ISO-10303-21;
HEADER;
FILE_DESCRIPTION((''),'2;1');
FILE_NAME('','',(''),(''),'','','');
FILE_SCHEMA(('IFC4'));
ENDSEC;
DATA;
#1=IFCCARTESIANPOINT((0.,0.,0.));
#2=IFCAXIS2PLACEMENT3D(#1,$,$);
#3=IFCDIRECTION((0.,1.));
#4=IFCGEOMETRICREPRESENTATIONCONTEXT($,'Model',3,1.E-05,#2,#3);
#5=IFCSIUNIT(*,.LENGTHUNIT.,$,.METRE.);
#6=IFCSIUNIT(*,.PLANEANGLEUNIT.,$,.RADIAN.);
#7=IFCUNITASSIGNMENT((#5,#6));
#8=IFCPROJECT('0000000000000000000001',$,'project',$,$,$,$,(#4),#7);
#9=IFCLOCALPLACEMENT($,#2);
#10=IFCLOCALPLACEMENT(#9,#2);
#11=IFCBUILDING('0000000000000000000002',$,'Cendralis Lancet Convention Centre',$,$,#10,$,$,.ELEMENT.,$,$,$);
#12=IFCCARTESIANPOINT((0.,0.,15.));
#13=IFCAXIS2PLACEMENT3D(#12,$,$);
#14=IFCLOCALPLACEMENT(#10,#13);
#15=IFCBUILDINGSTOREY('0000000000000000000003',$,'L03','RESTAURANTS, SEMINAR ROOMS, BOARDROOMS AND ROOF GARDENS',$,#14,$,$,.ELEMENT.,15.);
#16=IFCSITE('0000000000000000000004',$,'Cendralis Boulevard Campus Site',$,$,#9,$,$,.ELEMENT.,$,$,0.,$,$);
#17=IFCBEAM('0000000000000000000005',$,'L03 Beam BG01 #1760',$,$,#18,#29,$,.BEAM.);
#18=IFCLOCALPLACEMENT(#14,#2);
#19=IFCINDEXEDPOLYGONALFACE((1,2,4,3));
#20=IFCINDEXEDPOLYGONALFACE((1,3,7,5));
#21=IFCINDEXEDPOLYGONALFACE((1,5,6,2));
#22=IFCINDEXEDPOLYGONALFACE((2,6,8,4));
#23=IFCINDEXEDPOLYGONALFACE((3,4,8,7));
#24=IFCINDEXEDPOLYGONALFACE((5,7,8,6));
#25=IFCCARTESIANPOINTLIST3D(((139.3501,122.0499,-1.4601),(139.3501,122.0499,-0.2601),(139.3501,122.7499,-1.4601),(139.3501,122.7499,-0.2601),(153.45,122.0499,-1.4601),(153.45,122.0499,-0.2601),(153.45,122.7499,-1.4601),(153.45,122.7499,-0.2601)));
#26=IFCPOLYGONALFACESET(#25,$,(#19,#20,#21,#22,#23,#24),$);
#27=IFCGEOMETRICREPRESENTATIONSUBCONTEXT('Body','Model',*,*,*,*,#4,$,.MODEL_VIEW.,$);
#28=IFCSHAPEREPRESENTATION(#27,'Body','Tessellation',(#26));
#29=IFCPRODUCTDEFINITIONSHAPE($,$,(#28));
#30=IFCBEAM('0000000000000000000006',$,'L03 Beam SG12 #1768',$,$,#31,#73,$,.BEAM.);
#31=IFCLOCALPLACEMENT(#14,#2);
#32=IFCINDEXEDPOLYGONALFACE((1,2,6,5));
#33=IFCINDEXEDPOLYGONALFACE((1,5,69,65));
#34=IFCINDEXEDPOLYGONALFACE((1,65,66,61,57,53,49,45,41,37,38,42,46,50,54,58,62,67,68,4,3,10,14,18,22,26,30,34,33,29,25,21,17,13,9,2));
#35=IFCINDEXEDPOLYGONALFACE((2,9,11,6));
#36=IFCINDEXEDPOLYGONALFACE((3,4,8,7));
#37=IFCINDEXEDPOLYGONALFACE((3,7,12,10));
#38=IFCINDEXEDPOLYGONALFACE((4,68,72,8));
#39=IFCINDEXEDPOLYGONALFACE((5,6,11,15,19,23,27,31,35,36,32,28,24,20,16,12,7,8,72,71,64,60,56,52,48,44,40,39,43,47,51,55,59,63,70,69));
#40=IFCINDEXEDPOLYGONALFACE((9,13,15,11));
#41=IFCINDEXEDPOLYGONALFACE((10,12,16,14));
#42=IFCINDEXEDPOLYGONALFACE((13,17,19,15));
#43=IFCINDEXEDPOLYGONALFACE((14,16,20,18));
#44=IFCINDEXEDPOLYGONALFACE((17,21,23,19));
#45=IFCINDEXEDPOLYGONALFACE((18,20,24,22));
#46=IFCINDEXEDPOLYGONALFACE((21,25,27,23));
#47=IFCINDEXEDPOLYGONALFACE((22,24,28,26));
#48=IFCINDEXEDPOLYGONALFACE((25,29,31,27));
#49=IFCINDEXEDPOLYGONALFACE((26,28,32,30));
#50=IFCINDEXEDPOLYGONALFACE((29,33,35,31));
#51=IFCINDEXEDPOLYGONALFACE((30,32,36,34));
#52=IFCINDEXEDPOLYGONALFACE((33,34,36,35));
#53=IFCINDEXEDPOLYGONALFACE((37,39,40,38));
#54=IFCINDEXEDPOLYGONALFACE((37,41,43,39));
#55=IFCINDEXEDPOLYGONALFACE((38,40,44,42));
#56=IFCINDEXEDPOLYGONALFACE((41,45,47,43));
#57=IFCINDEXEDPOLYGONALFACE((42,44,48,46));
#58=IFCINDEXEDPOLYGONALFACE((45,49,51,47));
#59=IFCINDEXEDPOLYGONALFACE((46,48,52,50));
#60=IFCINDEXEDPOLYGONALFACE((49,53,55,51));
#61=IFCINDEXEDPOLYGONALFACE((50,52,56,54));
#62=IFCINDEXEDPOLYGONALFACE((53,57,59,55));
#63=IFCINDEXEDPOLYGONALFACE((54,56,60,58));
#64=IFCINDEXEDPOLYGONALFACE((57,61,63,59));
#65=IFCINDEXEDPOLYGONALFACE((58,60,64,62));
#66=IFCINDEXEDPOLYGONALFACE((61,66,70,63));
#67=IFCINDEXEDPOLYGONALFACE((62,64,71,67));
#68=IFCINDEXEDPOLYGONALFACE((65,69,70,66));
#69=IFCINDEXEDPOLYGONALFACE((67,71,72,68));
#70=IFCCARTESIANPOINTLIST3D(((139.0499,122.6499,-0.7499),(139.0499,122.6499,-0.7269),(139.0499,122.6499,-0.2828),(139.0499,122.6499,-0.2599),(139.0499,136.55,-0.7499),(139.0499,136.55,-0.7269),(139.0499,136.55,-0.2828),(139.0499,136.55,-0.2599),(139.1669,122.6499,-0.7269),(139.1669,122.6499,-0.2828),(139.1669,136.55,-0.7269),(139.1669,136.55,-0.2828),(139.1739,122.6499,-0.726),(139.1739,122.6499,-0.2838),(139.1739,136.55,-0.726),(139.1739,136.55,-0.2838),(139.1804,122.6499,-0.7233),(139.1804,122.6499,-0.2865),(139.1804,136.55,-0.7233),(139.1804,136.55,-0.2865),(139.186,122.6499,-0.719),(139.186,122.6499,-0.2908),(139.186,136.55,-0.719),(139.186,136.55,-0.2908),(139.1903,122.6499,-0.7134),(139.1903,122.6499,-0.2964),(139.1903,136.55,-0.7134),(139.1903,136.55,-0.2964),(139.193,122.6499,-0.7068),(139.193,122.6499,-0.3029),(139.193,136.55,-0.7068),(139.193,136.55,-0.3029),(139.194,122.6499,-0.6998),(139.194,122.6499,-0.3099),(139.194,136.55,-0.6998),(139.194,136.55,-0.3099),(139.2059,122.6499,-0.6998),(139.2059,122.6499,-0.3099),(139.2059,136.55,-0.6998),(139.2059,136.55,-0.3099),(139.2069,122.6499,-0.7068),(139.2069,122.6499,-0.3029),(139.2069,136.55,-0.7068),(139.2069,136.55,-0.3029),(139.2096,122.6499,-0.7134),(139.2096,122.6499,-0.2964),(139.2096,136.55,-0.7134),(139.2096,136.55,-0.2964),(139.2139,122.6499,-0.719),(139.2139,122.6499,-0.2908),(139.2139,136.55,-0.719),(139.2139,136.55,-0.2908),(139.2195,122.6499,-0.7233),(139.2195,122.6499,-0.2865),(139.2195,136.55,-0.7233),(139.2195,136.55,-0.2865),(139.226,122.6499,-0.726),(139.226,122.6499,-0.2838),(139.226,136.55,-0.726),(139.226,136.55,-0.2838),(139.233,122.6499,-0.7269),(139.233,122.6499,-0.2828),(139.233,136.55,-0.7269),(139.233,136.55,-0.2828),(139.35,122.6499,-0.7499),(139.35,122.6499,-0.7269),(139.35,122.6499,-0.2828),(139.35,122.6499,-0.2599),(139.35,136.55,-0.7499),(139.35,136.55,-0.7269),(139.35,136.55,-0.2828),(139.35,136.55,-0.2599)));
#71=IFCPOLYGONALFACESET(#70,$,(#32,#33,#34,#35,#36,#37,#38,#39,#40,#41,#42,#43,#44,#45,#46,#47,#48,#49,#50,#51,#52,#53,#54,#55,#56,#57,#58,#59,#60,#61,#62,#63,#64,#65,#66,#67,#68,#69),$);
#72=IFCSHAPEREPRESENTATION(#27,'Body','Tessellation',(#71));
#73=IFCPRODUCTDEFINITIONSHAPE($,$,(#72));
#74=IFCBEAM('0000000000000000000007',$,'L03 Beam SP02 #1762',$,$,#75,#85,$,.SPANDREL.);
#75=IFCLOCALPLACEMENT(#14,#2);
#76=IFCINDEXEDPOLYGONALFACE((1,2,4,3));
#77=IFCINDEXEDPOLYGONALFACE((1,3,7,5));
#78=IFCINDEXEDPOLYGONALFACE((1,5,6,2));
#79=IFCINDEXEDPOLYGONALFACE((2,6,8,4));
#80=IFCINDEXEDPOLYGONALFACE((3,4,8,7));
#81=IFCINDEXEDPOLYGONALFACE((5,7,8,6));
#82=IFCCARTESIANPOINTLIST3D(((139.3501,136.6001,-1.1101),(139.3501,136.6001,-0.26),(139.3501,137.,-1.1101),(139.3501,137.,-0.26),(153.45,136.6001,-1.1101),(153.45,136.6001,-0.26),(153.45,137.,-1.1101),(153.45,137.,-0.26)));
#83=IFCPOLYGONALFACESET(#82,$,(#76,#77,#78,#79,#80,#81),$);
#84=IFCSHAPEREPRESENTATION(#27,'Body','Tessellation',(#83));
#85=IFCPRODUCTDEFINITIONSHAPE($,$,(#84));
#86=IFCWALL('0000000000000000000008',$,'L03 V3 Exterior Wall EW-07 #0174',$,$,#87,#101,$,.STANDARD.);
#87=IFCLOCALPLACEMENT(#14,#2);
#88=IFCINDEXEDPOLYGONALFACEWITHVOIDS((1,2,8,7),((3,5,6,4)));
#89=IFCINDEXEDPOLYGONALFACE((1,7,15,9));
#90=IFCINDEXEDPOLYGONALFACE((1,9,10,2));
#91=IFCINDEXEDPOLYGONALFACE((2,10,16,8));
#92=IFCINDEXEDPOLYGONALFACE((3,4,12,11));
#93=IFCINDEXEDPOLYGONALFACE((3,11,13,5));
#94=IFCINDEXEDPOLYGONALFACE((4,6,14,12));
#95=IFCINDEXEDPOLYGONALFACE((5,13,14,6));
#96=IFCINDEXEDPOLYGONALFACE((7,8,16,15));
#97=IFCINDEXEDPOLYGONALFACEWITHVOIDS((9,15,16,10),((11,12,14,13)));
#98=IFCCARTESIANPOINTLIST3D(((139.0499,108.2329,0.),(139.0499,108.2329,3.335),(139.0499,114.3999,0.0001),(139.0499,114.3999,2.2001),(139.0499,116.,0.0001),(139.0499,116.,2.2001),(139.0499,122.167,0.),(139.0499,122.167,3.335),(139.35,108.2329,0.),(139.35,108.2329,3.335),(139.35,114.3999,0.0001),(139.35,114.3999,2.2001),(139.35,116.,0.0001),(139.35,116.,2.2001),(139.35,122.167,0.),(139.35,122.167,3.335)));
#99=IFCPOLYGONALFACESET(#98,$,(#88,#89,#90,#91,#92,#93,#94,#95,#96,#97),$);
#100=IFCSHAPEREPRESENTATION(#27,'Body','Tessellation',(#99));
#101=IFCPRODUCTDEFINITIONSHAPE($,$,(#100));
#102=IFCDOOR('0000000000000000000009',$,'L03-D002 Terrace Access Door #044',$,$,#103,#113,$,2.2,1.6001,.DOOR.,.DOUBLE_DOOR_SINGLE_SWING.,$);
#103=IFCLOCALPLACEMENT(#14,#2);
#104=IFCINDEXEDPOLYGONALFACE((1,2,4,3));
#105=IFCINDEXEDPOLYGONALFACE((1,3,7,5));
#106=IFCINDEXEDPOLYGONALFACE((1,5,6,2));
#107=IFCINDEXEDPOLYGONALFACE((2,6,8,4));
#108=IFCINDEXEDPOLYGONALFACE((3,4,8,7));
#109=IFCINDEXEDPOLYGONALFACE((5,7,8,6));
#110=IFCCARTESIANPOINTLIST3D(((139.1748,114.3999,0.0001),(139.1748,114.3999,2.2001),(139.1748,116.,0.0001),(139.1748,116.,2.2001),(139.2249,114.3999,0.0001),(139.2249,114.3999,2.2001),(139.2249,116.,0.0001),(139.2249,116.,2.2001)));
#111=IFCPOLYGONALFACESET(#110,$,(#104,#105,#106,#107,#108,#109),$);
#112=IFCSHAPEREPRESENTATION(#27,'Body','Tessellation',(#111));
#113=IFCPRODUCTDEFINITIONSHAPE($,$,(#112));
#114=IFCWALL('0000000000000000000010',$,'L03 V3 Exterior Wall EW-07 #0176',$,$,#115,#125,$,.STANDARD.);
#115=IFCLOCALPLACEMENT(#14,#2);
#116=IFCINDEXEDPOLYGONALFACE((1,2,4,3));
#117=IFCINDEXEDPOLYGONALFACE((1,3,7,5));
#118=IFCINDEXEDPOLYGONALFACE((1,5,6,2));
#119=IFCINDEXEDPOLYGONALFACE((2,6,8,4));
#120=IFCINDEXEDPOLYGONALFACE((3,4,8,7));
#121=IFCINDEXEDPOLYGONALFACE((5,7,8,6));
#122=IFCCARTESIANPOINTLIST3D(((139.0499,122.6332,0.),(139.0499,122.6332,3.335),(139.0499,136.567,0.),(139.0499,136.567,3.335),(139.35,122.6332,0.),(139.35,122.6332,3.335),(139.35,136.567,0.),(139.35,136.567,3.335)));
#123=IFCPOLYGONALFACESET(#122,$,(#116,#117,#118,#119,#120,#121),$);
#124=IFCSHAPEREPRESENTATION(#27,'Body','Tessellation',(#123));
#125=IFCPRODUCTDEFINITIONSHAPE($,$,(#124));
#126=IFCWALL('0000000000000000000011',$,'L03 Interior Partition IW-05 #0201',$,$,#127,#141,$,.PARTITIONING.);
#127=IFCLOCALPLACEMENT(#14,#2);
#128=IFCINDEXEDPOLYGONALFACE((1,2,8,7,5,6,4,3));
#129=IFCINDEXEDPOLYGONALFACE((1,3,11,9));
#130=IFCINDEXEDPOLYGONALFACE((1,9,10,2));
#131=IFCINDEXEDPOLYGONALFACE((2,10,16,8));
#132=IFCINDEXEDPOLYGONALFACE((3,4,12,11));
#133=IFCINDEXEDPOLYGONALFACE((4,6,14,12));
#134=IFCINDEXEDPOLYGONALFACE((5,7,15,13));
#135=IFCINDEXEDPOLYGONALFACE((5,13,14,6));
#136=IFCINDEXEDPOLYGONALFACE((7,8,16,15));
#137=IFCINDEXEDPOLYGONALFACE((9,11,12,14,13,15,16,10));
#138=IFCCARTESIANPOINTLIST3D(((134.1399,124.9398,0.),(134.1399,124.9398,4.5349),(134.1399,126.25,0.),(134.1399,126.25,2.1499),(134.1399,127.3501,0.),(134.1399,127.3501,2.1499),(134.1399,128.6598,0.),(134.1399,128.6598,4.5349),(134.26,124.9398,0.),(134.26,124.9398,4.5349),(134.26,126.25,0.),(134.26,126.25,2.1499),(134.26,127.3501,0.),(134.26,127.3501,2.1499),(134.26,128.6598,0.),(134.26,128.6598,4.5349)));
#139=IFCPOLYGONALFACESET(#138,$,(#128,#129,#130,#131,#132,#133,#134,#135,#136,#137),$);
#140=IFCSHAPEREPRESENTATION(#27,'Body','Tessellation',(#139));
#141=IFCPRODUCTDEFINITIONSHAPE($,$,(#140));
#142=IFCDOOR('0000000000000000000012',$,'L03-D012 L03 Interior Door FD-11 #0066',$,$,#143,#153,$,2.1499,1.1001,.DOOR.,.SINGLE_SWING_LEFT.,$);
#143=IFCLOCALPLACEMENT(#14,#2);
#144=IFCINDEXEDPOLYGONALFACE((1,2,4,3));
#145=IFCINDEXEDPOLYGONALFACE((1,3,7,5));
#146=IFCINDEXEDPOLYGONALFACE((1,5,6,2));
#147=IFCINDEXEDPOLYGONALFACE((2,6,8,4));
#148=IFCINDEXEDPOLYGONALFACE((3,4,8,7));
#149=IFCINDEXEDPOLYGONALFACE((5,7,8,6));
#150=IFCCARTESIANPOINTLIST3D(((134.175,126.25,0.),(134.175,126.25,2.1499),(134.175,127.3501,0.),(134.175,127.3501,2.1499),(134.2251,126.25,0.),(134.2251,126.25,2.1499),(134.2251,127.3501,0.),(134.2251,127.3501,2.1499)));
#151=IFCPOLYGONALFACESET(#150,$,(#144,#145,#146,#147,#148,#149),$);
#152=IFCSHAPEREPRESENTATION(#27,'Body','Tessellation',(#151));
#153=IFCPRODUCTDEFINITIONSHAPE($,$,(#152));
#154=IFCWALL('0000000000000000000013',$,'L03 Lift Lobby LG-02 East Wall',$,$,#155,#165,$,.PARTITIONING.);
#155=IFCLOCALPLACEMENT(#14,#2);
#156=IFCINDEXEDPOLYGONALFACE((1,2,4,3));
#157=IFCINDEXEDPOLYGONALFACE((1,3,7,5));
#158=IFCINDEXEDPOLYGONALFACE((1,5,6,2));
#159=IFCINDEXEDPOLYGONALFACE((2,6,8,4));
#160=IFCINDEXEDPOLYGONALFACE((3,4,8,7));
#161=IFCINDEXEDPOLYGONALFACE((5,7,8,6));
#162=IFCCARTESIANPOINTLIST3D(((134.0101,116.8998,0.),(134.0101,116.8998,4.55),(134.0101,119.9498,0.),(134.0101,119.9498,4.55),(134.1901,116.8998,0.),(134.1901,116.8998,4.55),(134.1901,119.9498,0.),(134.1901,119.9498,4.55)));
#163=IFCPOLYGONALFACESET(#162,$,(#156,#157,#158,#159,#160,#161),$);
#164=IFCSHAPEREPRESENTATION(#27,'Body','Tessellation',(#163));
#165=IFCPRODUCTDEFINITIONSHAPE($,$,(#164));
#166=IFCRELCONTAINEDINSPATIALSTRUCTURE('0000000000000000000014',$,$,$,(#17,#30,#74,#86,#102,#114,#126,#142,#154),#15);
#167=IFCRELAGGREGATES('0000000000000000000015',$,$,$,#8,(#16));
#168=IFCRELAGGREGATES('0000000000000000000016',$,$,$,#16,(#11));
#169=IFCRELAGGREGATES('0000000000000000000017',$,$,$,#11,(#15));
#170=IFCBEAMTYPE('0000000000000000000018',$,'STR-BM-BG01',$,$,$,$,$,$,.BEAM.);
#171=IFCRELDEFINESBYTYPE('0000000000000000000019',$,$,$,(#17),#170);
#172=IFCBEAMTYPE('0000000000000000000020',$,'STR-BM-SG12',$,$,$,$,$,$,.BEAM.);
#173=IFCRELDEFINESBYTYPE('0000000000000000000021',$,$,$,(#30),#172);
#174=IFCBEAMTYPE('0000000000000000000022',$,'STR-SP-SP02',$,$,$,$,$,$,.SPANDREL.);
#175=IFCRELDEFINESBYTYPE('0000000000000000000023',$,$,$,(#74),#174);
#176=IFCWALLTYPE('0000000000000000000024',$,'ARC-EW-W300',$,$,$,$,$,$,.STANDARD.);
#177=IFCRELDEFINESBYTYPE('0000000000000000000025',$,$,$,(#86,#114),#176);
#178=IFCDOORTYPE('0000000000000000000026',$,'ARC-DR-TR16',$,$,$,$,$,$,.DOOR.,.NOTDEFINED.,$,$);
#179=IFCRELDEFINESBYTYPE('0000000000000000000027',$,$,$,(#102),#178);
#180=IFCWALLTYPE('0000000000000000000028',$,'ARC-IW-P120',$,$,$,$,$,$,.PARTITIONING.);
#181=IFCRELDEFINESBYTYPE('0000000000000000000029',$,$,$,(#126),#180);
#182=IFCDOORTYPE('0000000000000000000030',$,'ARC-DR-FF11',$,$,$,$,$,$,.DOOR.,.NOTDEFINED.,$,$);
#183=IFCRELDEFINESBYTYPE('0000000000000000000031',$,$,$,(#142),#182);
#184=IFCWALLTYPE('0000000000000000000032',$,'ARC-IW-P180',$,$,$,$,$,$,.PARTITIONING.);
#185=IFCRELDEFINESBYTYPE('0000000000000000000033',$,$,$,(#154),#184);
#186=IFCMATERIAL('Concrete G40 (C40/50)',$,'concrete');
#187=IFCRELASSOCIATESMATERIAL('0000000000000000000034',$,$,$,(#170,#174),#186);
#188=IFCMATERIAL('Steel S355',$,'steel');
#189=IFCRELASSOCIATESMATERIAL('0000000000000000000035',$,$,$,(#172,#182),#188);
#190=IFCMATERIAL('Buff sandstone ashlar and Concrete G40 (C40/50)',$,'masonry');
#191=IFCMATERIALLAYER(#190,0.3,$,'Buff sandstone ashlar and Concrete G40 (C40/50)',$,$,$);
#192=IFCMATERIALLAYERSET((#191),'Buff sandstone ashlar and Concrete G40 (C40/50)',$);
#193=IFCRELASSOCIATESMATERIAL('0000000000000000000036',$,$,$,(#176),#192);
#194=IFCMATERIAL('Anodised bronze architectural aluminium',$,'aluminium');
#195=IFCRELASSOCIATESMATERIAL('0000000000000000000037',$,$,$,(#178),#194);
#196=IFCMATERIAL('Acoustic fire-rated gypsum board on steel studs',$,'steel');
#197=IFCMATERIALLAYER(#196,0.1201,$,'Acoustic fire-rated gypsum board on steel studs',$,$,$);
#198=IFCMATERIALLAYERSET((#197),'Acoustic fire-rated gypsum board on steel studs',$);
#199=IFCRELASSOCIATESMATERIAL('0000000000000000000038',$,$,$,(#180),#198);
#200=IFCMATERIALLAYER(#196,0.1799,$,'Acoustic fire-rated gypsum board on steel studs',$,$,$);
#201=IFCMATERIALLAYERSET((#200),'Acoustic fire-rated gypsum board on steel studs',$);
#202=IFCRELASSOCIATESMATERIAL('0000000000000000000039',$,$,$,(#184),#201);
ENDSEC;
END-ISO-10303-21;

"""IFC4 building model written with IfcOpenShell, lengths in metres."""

from ifc_helpers import new_model, si_unit, direction, frame, frame_2d, origin, origin_2d, place, context, subcontext, project, spatial, rectangle, i_section, extrude, material, layer, layer_set, material_profile, profile_set, type_object, element, fill, save


model = new_model("IFC4")

# Units and contexts
model_context = context("Model", 3, precision=1e-05, world=origin(), true_north=direction((0.0, 1.0)))
body_context = subcontext(model_context, "Body", "Model", "MODEL_VIEW")
ifc_project = project(units=[si_unit("LENGTHUNIT", "METRE"), si_unit("PLANEANGLEUNIT", "RADIAN")], contexts=[model_context])

# Site, building, storey
site_placement = place(None, origin())
site = spatial("IfcSite", under=ifc_project, at=site_placement, Name="Cendralis Boulevard Campus Site", CompositionType="ELEMENT", RefElevation=0.0)
building_placement = place(site_placement, origin())
building = spatial("IfcBuilding", under=site, at=building_placement, Name="Cendralis Lancet Convention Centre", CompositionType="ELEMENT")
storey_placement = place(building_placement, frame((0.0, 0.0, 15.0)))
storey = spatial("IfcBuildingStorey", under=building, at=storey_placement, Name="L03", Description="RESTAURANTS, SEMINAR ROOMS, BOARDROOMS AND ROOF GARDENS", CompositionType="ELEMENT", Elevation=15.0)

# Shared definitions
ifc_material_1 = material(Name="Steel S355", Category="steel")

# Beams
ifc_material_2 = material(Name="Concrete G40 (C40/50)", Category="concrete")
ifc_material_profile_1 = material_profile(ifc_material_2, rectangle(XDim=0.7, YDim=1.2, at=origin_2d()), Name="RCB 700x1200")
ifc_profile_set_1 = profile_set([ifc_material_profile_1], Name="Concrete G40 (C40/50)")
beam_type_1 = type_object("IfcBeamType", Name="STR-BM-BG01", PredefinedType="BEAM", material=ifc_profile_set_1)
beam_1_placement = place(storey_placement, frame((139.3501, 122.3999, -0.8601), z_axis=(1.0, 0.0, 0.0), x_axis=(0.0, 1.0, 0.0)))
element("IfcBeam", 1, at=beam_1_placement, inside=storey, type_object=beam_type_1, Name="L03 Beam BG01 #1760", PredefinedType="BEAM", context=body_context, shape_type="SweptSolid", body=[
    extrude(rectangle(XDim=0.7, YDim=1.2, at=origin_2d()), origin(), (0.0, 0.0, 1.0), 14.0999),
])
ifc_material_profile_2 = material_profile(ifc_material_1, i_section(OverallWidth=0.3, OverallDepth=0.49, WebThickness=0.012, FlangeThickness=0.0229, FilletRadius=0.0271, at=origin_2d()), Name="HEA 500")
ifc_profile_set_2 = profile_set([ifc_material_profile_2], Name="Steel S355")
beam_type_2 = type_object("IfcBeamType", Name="STR-BM-SG12", PredefinedType="BEAM", material=ifc_profile_set_2)
beam_2_placement = place(storey_placement, frame((139.2, 122.6499, -0.5049), z_axis=(0.0, 1.0, 0.0), x_axis=(-1.0, 0.0, 0.0)))
element("IfcBeam", 2, at=beam_2_placement, inside=storey, type_object=beam_type_2, Name="L03 Beam SG12 #1768", PredefinedType="BEAM", context=body_context, shape_type="SweptSolid", body=[
    extrude(i_section(OverallWidth=0.3, OverallDepth=0.49, WebThickness=0.012, FlangeThickness=0.0229, FilletRadius=0.0271, at=origin_2d()), origin(), (0.0, 0.0, 1.0), 13.9001),
])
ifc_material_profile_3 = material_profile(ifc_material_2, rectangle(XDim=0.3999, YDim=0.8501, at=origin_2d()), Name="RCB 400x850")
ifc_profile_set_3 = profile_set([ifc_material_profile_3], Name="Concrete G40 (C40/50)")
beam_type_3 = type_object("IfcBeamType", Name="STR-SP-SP02", PredefinedType="SPANDREL", material=ifc_profile_set_3)
beam_3_placement = place(storey_placement, frame((139.3501, 136.8, -0.6851), z_axis=(1.0, 0.0, 0.0), x_axis=(0.0, 1.0, 0.0)))
element("IfcBeam", 3, at=beam_3_placement, inside=storey, type_object=beam_type_3, Name="L03 Beam SP02 #1762", PredefinedType="SPANDREL", context=body_context, shape_type="SweptSolid", body=[
    extrude(rectangle(XDim=0.3999, YDim=0.8501, at=origin_2d()), origin(), (0.0, 0.0, 1.0), 14.0999),
])

# Wall, opening, door
ifc_material_3 = material(Name="Buff sandstone ashlar and Concrete G40 (C40/50)", Category="masonry")
ifc_layer_1 = layer(ifc_material_3, 0.3, Name="Buff sandstone ashlar and Concrete G40 (C40/50)")
ifc_layer_set_1 = layer_set([ifc_layer_1], Name="Buff sandstone ashlar and Concrete G40 (C40/50)")
wall_type_1 = type_object("IfcWallType", Name="ARC-EW-W300", PredefinedType="STANDARD", material=ifc_layer_set_1)
wall_1_placement = place(storey_placement, frame((139.2, 122.167, 0.0), z_axis=(0.0, 0.0, 1.0), x_axis=(0.0, -1.0, 0.0)))
wall_1 = element("IfcWall", 4, at=wall_1_placement, inside=storey, type_object=wall_type_1, Name="L03 V3 Exterior Wall EW-07 #0174", PredefinedType="STANDARD", context=body_context, shape_type="SweptSolid", body=[
    extrude(rectangle(XDim=13.9341, YDim=0.3, at=frame_2d((6.967, 0.0))), origin(), (0.0, 0.0, 1.0), 3.335),
])
opening_1_placement = place(wall_1_placement, frame((6.167, 0.0, 0.0)))
opening_1 = element("IfcOpeningElement", 5, at=opening_1_placement, cuts=wall_1, PredefinedType="OPENING", context=body_context, shape_type="SweptSolid", body=[
    extrude(rectangle(XDim=1.6001, YDim=2.2, at=frame_2d((0.8, 1.1001))), frame((0.0, 0.1599, 0.0), z_axis=(0.0, -1.0, 0.0), x_axis=(1.0, 0.0, 0.0)), (0.0, 0.0, 1.0), 0.3201),
])
ifc_material_4 = material(Name="Anodised bronze architectural aluminium", Category="aluminium")
door_type_1 = type_object("IfcDoorType", Name="ARC-DR-TR16", OperationType="NOTDEFINED", PredefinedType="DOOR", material=ifc_material_4)
door_1_placement = place(opening_1_placement, origin())
door_1 = element("IfcDoor", 6, at=door_1_placement, inside=storey, type_object=door_type_1, Name="L03-D002 Terrace Access Door #044", OperationType="DOUBLE_DOOR_SINGLE_SWING", OverallHeight=2.2, OverallWidth=1.6001, PredefinedType="DOOR", context=body_context, shape_type="SweptSolid", body=[
    extrude(rectangle(XDim=1.6001, YDim=2.2, at=frame_2d((0.8, 1.1001))), frame((0.0, 0.0249, 0.0), z_axis=(0.0, -1.0, 0.0), x_axis=(1.0, 0.0, 0.0)), (0.0, 0.0, 1.0), 0.05),
])
fill(opening_1, door_1)

# Wall
wall_2_placement = place(storey_placement, frame((139.2, 136.5669, 0.0), z_axis=(0.0, 0.0, 1.0), x_axis=(0.0, -1.0, 0.0)))
element("IfcWall", 7, at=wall_2_placement, inside=storey, type_object=wall_type_1, Name="L03 V3 Exterior Wall EW-07 #0176", PredefinedType="STANDARD", context=body_context, shape_type="SweptSolid", body=[
    extrude(rectangle(XDim=13.9338, YDim=0.3, at=frame_2d((6.9668, 0.0))), origin(), (0.0, 0.0, 1.0), 3.335),
])

# Wall, opening, door
ifc_material_5 = material(Name="Acoustic fire-rated gypsum board on steel studs", Category="steel")
ifc_layer_2 = layer(ifc_material_5, 0.1201, Name="Acoustic fire-rated gypsum board on steel studs")
ifc_layer_set_2 = layer_set([ifc_layer_2], Name="Acoustic fire-rated gypsum board on steel studs")
wall_type_2 = type_object("IfcWallType", Name="ARC-IW-P120", PredefinedType="PARTITIONING", material=ifc_layer_set_2)
wall_3_placement = place(storey_placement, frame((134.2, 124.9399, 0.0), z_axis=(0.0, 0.0, 1.0), x_axis=(0.0, 1.0, 0.0)))
wall_3 = element("IfcWall", 8, at=wall_3_placement, inside=storey, type_object=wall_type_2, Name="L03 Interior Partition IW-05 #0201", PredefinedType="PARTITIONING", context=body_context, shape_type="SweptSolid", body=[
    extrude(rectangle(XDim=3.72, YDim=0.1201, at=frame_2d((1.8599, 0.0))), origin(), (0.0, 0.0, 1.0), 4.5349),
])
opening_2_placement = place(wall_3_placement, frame((1.3101, 0.0, 0.0)))
opening_2 = element("IfcOpeningElement", 9, at=opening_2_placement, cuts=wall_3, PredefinedType="OPENING", context=body_context, shape_type="SweptSolid", body=[
    extrude(rectangle(XDim=1.1001, YDim=2.1499, at=frame_2d((0.55, 1.075))), frame((0.0, 0.0701, 0.0), z_axis=(0.0, -1.0, 0.0), x_axis=(1.0, 0.0, 0.0)), (0.0, 0.0, 1.0), 0.1401),
])
door_type_2 = type_object("IfcDoorType", Name="ARC-DR-FF11", OperationType="NOTDEFINED", PredefinedType="DOOR", material=ifc_material_1)
door_2_placement = place(opening_2_placement, origin())
door_2 = element("IfcDoor", 10, at=door_2_placement, inside=storey, type_object=door_type_2, Name="L03-D012 L03 Interior Door FD-11 #0066", OperationType="SINGLE_SWING_LEFT", OverallHeight=2.1499, OverallWidth=1.1001, PredefinedType="DOOR", context=body_context, shape_type="SweptSolid", body=[
    extrude(rectangle(XDim=1.1001, YDim=2.1499, at=frame_2d((0.55, 1.075))), frame((0.0, 0.0249, 0.0), z_axis=(0.0, -1.0, 0.0), x_axis=(1.0, 0.0, 0.0)), (0.0, 0.0, 1.0), 0.05),
])
fill(opening_2, door_2)
ifc_layer_3 = layer(ifc_material_5, 0.1799, Name="Acoustic fire-rated gypsum board on steel studs")
ifc_layer_set_3 = layer_set([ifc_layer_3], Name="Acoustic fire-rated gypsum board on steel studs")
wall_type_3 = type_object("IfcWallType", Name="ARC-IW-P180", PredefinedType="PARTITIONING", material=ifc_layer_set_3)

# Wall
wall_4_placement = place(storey_placement, frame((134.1001, 116.8999, 0.0), z_axis=(0.0, 0.0, 1.0), x_axis=(0.0, 1.0, 0.0)))
element("IfcWall", 11, at=wall_4_placement, inside=storey, type_object=wall_type_3, Name="L03 Lift Lobby LG-02 East Wall", PredefinedType="PARTITIONING", context=body_context, shape_type="SweptSolid", body=[
    extrude(rectangle(XDim=3.05, YDim=0.1799, at=frame_2d((1.5249, 0.0))), origin(), (0.0, 0.0, 1.0), 4.55),
])

save(model, "model.ifc")
